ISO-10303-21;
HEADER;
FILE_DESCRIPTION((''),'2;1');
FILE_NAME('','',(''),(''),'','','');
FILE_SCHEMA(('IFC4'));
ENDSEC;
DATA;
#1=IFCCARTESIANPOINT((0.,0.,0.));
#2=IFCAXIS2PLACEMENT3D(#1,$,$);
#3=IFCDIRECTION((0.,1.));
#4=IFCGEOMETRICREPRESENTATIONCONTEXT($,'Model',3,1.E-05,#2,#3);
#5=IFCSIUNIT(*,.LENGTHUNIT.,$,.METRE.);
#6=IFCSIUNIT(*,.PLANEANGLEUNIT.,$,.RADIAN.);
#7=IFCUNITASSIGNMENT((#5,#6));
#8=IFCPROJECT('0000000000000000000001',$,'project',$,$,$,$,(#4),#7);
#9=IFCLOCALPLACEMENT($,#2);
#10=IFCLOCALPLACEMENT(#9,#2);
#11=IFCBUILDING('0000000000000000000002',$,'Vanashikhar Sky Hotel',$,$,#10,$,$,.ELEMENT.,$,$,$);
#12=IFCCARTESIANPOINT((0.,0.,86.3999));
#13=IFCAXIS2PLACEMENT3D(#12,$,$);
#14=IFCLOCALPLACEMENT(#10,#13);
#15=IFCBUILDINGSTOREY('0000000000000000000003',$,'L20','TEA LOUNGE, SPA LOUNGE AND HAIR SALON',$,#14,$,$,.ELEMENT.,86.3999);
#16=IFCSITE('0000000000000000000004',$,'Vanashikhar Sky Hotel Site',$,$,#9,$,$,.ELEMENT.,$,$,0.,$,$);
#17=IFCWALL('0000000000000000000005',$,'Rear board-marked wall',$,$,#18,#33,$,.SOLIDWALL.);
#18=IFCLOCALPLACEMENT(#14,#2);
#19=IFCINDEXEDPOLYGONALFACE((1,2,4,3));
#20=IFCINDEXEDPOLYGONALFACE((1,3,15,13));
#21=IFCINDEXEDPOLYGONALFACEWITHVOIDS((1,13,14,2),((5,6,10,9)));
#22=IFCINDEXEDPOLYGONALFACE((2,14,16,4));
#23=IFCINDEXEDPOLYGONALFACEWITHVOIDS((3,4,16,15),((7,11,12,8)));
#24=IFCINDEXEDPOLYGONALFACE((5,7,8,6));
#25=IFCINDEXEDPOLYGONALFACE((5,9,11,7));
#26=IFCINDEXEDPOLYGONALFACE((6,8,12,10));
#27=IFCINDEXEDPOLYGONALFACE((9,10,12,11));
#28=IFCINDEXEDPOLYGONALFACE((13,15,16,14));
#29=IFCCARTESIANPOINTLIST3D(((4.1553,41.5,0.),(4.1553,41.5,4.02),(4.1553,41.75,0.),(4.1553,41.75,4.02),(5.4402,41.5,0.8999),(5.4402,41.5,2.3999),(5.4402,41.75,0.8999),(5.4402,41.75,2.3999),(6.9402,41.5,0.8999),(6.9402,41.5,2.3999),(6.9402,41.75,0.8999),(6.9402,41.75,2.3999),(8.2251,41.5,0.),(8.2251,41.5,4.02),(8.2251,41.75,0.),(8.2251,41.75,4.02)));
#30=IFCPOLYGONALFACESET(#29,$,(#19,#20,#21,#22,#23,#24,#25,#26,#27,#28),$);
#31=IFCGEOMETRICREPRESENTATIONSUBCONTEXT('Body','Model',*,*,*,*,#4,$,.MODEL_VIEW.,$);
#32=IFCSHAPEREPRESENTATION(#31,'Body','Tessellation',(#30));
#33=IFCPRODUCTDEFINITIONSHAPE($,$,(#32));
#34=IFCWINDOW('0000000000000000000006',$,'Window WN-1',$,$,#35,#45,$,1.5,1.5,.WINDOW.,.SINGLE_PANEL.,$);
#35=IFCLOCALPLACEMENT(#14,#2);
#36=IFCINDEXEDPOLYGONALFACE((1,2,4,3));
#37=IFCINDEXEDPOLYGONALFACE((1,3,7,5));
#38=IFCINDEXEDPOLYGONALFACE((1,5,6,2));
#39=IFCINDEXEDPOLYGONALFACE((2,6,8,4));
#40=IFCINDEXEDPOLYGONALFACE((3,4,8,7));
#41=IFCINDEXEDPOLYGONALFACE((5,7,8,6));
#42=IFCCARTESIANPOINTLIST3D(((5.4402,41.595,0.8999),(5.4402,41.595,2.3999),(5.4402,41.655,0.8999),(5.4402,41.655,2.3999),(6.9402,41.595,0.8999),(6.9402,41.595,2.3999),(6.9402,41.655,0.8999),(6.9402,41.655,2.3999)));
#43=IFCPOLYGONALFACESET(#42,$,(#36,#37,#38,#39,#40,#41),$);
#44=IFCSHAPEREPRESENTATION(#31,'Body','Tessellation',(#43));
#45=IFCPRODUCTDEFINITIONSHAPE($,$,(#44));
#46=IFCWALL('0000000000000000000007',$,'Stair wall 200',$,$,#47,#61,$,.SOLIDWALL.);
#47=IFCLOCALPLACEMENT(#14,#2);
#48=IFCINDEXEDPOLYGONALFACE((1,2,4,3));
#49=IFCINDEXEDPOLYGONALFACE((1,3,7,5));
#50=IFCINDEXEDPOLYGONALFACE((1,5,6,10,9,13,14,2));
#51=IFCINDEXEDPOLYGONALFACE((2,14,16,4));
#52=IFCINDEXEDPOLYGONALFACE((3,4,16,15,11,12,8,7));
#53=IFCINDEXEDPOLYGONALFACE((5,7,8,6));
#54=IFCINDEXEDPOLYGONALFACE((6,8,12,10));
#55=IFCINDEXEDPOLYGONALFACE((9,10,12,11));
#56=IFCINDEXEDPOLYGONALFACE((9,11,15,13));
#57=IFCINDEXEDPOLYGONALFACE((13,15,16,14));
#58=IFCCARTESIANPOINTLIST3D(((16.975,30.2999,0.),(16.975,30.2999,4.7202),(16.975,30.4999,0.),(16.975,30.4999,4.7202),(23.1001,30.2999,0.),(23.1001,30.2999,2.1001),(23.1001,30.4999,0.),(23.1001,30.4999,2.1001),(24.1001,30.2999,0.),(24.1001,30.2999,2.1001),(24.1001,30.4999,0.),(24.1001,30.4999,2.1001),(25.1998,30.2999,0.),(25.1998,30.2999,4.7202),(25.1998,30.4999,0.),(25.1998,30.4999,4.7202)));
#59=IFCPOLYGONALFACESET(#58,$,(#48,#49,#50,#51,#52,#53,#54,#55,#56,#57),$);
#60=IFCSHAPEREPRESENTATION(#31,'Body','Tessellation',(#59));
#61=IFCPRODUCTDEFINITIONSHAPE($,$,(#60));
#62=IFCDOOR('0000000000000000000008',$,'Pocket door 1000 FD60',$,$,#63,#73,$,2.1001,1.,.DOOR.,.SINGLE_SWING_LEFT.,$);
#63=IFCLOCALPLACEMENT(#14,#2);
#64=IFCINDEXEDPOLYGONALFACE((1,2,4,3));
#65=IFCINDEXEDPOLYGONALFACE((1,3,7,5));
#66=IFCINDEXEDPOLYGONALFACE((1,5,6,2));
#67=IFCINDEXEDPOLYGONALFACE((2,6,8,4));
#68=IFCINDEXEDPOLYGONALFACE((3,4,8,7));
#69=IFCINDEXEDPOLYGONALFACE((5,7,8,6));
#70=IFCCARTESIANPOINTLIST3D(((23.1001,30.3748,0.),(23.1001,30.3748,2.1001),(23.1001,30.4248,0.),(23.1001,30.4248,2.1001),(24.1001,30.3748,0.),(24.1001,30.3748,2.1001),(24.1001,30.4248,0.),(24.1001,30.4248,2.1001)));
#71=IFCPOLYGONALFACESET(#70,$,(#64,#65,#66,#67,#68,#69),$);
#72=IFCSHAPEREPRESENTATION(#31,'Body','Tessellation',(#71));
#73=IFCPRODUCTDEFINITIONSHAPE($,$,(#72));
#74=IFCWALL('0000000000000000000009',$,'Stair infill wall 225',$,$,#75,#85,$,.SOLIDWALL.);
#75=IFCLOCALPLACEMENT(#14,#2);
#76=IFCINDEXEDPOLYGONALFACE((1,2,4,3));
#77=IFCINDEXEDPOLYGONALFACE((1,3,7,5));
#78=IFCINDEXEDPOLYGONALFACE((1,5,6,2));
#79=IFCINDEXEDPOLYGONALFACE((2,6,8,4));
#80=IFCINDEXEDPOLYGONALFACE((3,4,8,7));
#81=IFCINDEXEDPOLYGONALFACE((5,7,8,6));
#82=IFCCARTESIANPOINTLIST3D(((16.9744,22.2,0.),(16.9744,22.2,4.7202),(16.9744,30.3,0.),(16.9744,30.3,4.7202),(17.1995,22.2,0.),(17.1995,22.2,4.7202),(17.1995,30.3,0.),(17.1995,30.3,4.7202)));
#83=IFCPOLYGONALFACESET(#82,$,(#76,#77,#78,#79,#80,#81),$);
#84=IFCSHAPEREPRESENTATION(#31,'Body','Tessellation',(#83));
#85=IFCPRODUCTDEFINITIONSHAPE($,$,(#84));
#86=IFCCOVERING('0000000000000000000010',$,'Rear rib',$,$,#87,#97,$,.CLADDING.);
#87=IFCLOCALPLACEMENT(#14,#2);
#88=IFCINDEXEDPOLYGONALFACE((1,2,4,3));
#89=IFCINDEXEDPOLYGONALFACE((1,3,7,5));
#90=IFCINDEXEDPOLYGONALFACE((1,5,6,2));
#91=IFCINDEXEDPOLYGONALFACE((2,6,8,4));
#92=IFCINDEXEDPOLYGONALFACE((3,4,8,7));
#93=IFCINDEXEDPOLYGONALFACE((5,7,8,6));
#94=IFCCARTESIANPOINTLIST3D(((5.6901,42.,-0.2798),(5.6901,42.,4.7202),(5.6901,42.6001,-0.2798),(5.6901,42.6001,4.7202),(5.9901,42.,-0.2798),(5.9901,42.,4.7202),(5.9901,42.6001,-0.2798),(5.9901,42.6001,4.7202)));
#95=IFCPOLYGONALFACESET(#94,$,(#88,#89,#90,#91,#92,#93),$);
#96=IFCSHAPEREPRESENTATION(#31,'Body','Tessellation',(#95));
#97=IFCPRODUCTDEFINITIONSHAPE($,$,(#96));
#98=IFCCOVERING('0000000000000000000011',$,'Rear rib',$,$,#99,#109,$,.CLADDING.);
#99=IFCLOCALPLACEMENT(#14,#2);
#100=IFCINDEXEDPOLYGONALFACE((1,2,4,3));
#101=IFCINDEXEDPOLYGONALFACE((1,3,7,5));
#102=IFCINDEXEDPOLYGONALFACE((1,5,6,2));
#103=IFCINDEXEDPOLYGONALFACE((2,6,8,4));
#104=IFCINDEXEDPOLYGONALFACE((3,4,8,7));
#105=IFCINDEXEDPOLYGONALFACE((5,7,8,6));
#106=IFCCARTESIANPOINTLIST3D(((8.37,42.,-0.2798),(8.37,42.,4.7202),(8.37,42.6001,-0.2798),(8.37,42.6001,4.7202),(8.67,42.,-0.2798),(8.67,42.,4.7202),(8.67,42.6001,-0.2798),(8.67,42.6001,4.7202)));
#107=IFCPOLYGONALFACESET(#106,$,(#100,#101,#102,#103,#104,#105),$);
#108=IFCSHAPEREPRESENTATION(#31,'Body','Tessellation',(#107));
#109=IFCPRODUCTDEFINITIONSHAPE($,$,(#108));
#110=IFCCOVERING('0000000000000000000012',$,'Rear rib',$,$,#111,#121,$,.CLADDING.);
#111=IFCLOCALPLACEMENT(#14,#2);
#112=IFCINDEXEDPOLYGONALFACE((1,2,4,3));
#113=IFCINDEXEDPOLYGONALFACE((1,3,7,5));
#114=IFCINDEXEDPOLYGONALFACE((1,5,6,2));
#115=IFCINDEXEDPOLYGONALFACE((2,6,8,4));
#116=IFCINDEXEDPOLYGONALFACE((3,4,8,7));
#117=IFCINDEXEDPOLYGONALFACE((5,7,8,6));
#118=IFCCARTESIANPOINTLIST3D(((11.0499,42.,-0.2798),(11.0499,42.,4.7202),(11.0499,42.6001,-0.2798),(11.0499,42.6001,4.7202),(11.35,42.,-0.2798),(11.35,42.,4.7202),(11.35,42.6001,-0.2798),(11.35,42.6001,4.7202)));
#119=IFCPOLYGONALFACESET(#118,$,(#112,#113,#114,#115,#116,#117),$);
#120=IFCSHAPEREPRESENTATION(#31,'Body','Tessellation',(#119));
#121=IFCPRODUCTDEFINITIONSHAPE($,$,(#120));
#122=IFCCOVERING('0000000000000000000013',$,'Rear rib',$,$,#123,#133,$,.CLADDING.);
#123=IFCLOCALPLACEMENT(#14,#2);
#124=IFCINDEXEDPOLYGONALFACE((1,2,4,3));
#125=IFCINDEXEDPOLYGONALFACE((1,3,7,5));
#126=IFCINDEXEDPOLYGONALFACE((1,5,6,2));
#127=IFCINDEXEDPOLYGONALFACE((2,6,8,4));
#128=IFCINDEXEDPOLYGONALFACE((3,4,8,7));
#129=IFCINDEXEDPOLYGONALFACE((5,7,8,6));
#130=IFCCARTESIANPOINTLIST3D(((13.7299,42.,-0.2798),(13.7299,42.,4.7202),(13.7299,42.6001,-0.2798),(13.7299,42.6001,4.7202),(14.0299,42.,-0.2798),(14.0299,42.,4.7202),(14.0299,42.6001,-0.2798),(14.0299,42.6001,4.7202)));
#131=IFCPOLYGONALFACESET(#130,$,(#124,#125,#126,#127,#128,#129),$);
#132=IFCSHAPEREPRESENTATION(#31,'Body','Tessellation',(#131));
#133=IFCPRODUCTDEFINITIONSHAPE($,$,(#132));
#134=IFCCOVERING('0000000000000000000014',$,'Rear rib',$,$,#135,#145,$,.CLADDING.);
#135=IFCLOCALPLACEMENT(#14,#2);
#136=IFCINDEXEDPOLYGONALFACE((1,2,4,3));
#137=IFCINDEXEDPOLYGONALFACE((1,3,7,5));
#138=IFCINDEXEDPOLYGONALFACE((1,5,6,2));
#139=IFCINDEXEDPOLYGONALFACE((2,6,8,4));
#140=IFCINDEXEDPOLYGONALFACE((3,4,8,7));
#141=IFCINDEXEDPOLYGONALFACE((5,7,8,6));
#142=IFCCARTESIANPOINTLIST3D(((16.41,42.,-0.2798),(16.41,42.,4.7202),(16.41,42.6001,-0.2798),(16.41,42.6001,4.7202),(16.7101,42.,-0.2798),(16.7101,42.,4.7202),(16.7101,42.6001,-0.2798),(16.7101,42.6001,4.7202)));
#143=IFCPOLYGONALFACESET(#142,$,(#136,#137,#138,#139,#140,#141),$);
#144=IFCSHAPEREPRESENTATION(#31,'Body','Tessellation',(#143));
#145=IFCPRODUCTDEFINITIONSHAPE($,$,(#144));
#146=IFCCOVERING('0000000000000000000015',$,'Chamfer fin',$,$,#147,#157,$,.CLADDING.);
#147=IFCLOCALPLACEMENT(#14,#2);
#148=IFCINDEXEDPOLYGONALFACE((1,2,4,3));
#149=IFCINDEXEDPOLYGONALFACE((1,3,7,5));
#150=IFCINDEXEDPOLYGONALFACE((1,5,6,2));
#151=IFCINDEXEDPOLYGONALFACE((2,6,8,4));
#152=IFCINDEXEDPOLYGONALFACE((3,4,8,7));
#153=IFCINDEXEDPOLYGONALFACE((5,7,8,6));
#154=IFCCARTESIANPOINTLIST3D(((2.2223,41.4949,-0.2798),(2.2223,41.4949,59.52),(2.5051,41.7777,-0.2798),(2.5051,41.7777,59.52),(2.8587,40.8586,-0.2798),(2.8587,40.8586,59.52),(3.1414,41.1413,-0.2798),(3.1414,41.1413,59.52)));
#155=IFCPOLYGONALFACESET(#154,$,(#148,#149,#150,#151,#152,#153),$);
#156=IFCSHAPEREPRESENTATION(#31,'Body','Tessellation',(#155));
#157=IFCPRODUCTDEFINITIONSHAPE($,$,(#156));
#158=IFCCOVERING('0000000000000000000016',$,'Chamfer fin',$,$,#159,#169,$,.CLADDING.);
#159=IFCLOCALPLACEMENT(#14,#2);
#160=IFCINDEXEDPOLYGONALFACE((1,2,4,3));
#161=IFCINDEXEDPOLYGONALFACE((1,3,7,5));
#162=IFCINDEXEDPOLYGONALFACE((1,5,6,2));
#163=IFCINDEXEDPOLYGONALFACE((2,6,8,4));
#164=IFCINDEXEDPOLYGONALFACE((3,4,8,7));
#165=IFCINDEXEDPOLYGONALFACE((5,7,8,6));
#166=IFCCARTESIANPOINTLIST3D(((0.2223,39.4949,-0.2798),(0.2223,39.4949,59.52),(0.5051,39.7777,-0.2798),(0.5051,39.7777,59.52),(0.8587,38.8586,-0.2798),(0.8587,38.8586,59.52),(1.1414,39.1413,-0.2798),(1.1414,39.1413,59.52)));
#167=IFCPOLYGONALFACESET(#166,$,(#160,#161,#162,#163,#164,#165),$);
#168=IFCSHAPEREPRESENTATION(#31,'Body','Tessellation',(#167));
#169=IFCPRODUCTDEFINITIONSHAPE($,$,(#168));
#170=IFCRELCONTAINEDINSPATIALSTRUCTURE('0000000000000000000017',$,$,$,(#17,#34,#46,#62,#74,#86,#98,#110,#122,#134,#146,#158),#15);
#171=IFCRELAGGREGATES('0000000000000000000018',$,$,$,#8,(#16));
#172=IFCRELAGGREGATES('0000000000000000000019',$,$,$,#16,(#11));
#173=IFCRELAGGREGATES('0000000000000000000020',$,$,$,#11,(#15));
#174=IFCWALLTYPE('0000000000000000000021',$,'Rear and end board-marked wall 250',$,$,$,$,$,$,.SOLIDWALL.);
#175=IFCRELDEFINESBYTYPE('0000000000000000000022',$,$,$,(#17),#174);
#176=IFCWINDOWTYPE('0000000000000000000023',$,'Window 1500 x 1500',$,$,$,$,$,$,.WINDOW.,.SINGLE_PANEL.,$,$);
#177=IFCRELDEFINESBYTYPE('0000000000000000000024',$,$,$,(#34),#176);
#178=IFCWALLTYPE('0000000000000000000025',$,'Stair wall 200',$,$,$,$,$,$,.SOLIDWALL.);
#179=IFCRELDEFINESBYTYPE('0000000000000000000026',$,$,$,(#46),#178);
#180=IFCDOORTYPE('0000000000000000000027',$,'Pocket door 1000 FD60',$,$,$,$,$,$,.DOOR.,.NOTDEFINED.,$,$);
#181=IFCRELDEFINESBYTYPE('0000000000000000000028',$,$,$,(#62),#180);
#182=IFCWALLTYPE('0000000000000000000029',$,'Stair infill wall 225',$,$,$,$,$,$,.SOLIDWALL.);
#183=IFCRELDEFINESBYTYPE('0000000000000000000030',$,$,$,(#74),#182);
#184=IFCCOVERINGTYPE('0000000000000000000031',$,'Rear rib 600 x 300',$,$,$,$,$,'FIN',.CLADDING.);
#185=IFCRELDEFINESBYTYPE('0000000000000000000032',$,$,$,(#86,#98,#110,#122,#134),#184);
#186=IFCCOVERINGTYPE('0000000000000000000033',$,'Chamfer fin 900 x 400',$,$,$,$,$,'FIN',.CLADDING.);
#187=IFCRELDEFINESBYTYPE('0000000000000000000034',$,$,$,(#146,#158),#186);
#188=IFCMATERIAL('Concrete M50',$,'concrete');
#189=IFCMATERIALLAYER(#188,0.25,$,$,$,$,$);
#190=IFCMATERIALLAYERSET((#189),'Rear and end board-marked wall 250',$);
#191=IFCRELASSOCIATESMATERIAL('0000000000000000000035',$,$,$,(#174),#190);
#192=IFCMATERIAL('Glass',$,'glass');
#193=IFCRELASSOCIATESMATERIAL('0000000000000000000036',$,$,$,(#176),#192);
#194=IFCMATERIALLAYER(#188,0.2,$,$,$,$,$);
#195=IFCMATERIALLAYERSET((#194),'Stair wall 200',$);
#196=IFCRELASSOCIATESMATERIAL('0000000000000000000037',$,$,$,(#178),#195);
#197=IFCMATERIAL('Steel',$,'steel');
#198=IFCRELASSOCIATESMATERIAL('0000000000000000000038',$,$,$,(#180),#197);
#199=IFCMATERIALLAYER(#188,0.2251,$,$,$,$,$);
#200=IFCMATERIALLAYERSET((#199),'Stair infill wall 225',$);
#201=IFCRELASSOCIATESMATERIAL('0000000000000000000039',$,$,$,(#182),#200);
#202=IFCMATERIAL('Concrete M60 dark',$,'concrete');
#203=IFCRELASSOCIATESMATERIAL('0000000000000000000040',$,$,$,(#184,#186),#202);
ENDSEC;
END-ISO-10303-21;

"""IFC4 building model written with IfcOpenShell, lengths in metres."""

from ifc_helpers import new_model, si_unit, direction, frame, frame_2d, origin, origin_2d, place, context, subcontext, project, spatial, rectangle, extrude, source, transform, mapped, material, layer, layer_set, material_profile, profile_set, type_object, element, fill, save


model = new_model("IFC4")

# Units and contexts
model_context = context("Model", 3, precision=1e-05, world=origin(), true_north=direction((0.0, 1.0)))
body_context = subcontext(model_context, "Body", "Model", "MODEL_VIEW")
ifc_project = project(units=[si_unit("LENGTHUNIT", "METRE"), si_unit("PLANEANGLEUNIT", "RADIAN")], contexts=[model_context])

# Site, building, storey
site_placement = place(None, origin())
site = spatial("IfcSite", under=ifc_project, at=site_placement, Name="Vanashikhar Sky Hotel Site", CompositionType="ELEMENT", RefElevation=0.0)
building_placement = place(site_placement, origin())
building = spatial("IfcBuilding", under=site, at=building_placement, Name="Vanashikhar Sky Hotel", CompositionType="ELEMENT")
storey_placement = place(building_placement, frame((0.0, 0.0, 86.3999)))
storey = spatial("IfcBuildingStorey", under=building, at=storey_placement, Name="L20", Description="TEA LOUNGE, SPA LOUNGE AND HAIR SALON", CompositionType="ELEMENT", Elevation=86.3999)

# Shared definitions
ifc_material_1 = material(Name="Concrete M50", Category="concrete")

# Wall, opening, window
ifc_material_2 = material(Name="Glass", Category="glass")
ifc_layer_1 = layer(ifc_material_1, 0.25)
ifc_layer_set_1 = layer_set([ifc_layer_1], Name="Rear and end board-marked wall 250")
wall_type_1 = type_object("IfcWallType", Name="Rear and end board-marked wall 250", PredefinedType="SOLIDWALL", material=ifc_layer_set_1)
shared_shape_1 = source(origin(), body_context, "Body", "SweptSolid", [
    extrude(rectangle(XDim=1.5, YDim=1.5, at=frame_2d((0.75, 0.75))), frame((0.0, 0.135, 0.0), z_axis=(0.0, -1.0, 0.0), x_axis=(1.0, 0.0, 0.0)), (0.0, 0.0, 1.0), 0.27),
])
window_type_1 = type_object("IfcWindowType", Name="Window 1500 x 1500", PartitioningType="SINGLE_PANEL", PredefinedType="WINDOW", material=ifc_material_2)
shared_shape_2 = source(origin(), body_context, "Body", "SweptSolid", [
    extrude(rectangle(XDim=1.5, YDim=1.5, at=frame_2d((0.75, 0.75))), frame((0.0, 0.03, 0.0), z_axis=(0.0, -1.0, 0.0), x_axis=(1.0, 0.0, 0.0)), (0.0, 0.0, 1.0), 0.0601),
])
shared_shape_3 = source(origin(), body_context, "Body", "SweptSolid", [
    extrude(rectangle(XDim=4.0698, YDim=0.25, at=frame_2d((2.0349, 0.0))), origin(), (0.0, 0.0, 1.0), 4.02),
])
wall_1_placement = place(storey_placement, frame((8.2251, 41.625, 0.0), z_axis=(0.0, 0.0, 1.0), x_axis=(-1.0, 0.0, 0.0)))
wall_1 = element("IfcWall", 1, at=wall_1_placement, inside=storey, type_object=wall_type_1, Name="Rear board-marked wall", PredefinedType="SOLIDWALL", context=body_context, shape_type="MappedRepresentation", body=[
    mapped(shared_shape_3, transform((0.0, 0.0, 0.0), scale=1.0)),
])
opening_1_placement = place(wall_1_placement, frame((1.2849, 0.0, 0.8999)))
opening_1 = element("IfcOpeningElement", 2, at=opening_1_placement, cuts=wall_1, PredefinedType="OPENING", context=body_context, shape_type="MappedRepresentation", body=[
    mapped(shared_shape_1, transform((0.0, 0.0, 0.0), scale=1.0)),
])
window_1_placement = place(opening_1_placement, origin())
window_1 = element("IfcWindow", 3, at=window_1_placement, inside=storey, type_object=window_type_1, Name="Window WN-1", OverallHeight=1.5, OverallWidth=1.5, PartitioningType="SINGLE_PANEL", PredefinedType="WINDOW", context=body_context, shape_type="MappedRepresentation", body=[
    mapped(shared_shape_2, transform((0.0, 0.0, 0.0), scale=1.0)),
])
fill(opening_1, window_1)

# Wall, opening, door
ifc_layer_2 = layer(ifc_material_1, 0.2)
ifc_layer_set_2 = layer_set([ifc_layer_2], Name="Stair wall 200")
wall_type_2 = type_object("IfcWallType", Name="Stair wall 200", PredefinedType="SOLIDWALL", material=ifc_layer_set_2)
shared_shape_4 = source(origin(), body_context, "Body", "SweptSolid", [
    extrude(rectangle(XDim=8.2249, YDim=0.2, at=frame_2d((4.1123, 0.0))), origin(), (0.0, 0.0, 1.0), 4.7202),
])
wall_2_placement = place(storey_placement, frame((16.9751, 30.3999, 0.0), z_axis=(0.0, 0.0, 1.0), x_axis=(1.0, 0.0, 0.0)))
wall_2 = element("IfcWall", 4, at=wall_2_placement, inside=storey, type_object=wall_type_2, Name="Stair wall 200", PredefinedType="SOLIDWALL", context=body_context, shape_type="MappedRepresentation", body=[
    mapped(shared_shape_4, transform((0.0, 0.0, 0.0), scale=1.0)),
])
shared_shape_5 = source(origin(), body_context, "Body", "SweptSolid", [
    extrude(rectangle(XDim=1.0, YDim=2.1001, at=frame_2d((0.5, 1.05))), frame((0.0, 0.1099, 0.0), z_axis=(0.0, -1.0, 0.0), x_axis=(1.0, 0.0, 0.0)), (0.0, 0.0, 1.0), 0.22),
])
opening_2_placement = place(wall_2_placement, frame((6.125, 0.0, 0.0)))
opening_2 = element("IfcOpeningElement", 5, at=opening_2_placement, cuts=wall_2, PredefinedType="OPENING", context=body_context, shape_type="MappedRepresentation", body=[
    mapped(shared_shape_5, transform((0.0, 0.0, 0.0), scale=1.0)),
])
ifc_material_3 = material(Name="Steel", Category="steel")
door_type = type_object("IfcDoorType", Name="Pocket door 1000 FD60", OperationType="NOTDEFINED", PredefinedType="DOOR", material=ifc_material_3)
shared_shape_6 = source(origin(), body_context, "Body", "SweptSolid", [
    extrude(rectangle(XDim=1.0, YDim=2.1001, at=frame_2d((0.5, 1.05))), frame((0.0, 0.0249, 0.0), z_axis=(0.0, -1.0, 0.0), x_axis=(1.0, 0.0, 0.0)), (0.0, 0.0, 1.0), 0.05),
])
door_placement = place(opening_2_placement, origin())
door = element("IfcDoor", 6, at=door_placement, inside=storey, type_object=door_type, Name="Pocket door 1000 FD60", OperationType="SINGLE_SWING_LEFT", OverallHeight=2.1001, OverallWidth=1.0, PredefinedType="DOOR", context=body_context, shape_type="MappedRepresentation", body=[
    mapped(shared_shape_6, transform((0.0, 0.0, 0.0), scale=1.0)),
])
fill(opening_2, door)

# Wall
ifc_layer_3 = layer(ifc_material_1, 0.2251)
ifc_layer_set_3 = layer_set([ifc_layer_3], Name="Stair infill wall 225")
wall_type_3 = type_object("IfcWallType", Name="Stair infill wall 225", PredefinedType="SOLIDWALL", material=ifc_layer_set_3)
shared_shape_7 = source(origin(), body_context, "Body", "SweptSolid", [
    extrude(rectangle(XDim=8.1001, YDim=0.2251, at=frame_2d((4.05, 0.0))), origin(), (0.0, 0.0, 1.0), 4.7202),
])
wall_3_placement = place(storey_placement, frame((17.0869, 22.2, 0.0), z_axis=(0.0, 0.0, 1.0), x_axis=(0.0, 1.0, 0.0)))
element("IfcWall", 7, at=wall_3_placement, inside=storey, type_object=wall_type_3, Name="Stair infill wall 225", PredefinedType="SOLIDWALL", context=body_context, shape_type="MappedRepresentation", body=[
    mapped(shared_shape_7, transform((0.0, 0.0, 0.0), scale=1.0)),
])

# Coverings
ifc_material_4 = material(Name="Concrete M60 dark", Category="concrete")
ifc_material_profile_1 = material_profile(ifc_material_4, rectangle(XDim=0.6001, YDim=0.3, at=origin_2d()))
ifc_profile_set_1 = profile_set([ifc_material_profile_1], Name="Rear rib 600 x 300")
covering_type_1 = type_object("IfcCoveringType", Name="Rear rib 600 x 300", ElementType="FIN", PredefinedType="CLADDING", material=ifc_profile_set_1)
shared_shape_8 = source(origin(), body_context, "Body", "SweptSolid", [
    extrude(rectangle(XDim=0.6001, YDim=0.3, at=origin_2d()), origin(), (0.0, 0.0, 1.0), 5.0),
])
for number, where, z_axis, x_axis, name in (
    (8, (5.8401, 42.3, -0.2798), (0.0, 0.0, 1.0), (0.0, 1.0, 0.0), "Rear rib"),
    (9, (8.52, 42.3, -0.2798), (0.0, 0.0, 1.0), (0.0, 1.0, 0.0), "Rear rib"),
    (10, (11.2, 42.3, -0.2798), (0.0, 0.0, 1.0), (0.0, 1.0, 0.0), "Rear rib"),
    (11, (13.8799, 42.3, -0.2798), (0.0, 0.0, 1.0), (0.0, 1.0, 0.0), "Rear rib"),
    (12, (16.5601, 42.3, -0.2798), (0.0, 0.0, 1.0), (0.0, 1.0, 0.0), "Rear rib"),
):
    element("IfcCovering", number, at=place(storey_placement, frame(where, z_axis=z_axis, x_axis=x_axis)), inside=storey, type_object=covering_type_1, Name=name, PredefinedType="CLADDING", context=body_context, shape_type="MappedRepresentation", body=[
        mapped(shared_shape_8, transform((0.0, 0.0, 0.0), scale=1.0)),
    ])
ifc_material_profile_2 = material_profile(ifc_material_4, rectangle(XDim=0.8999, YDim=0.3999, at=origin_2d()))
ifc_profile_set_2 = profile_set([ifc_material_profile_2], Name="Chamfer fin 900 x 400")
covering_type_2 = type_object("IfcCoveringType", Name="Chamfer fin 900 x 400", ElementType="FIN", PredefinedType="CLADDING", material=ifc_profile_set_2)
shared_shape_9 = source(origin(), body_context, "Body", "SweptSolid", [
    extrude(rectangle(XDim=0.8999, YDim=0.3999, at=origin_2d()), origin(), (0.0, 0.0, 1.0), 59.7998),
])
for number, where, z_axis, x_axis, name in (
    (13, (2.6819, 41.3181, -0.2798), (0.0, 0.0, 1.0), (-0.707107, 0.707107, 0.0), "Chamfer fin"),
    (14, (0.6819, 39.3181, -0.2798), (0.0, 0.0, 1.0), (-0.707107, 0.707107, 0.0), "Chamfer fin"),
):
    element("IfcCovering", number, at=place(storey_placement, frame(where, z_axis=z_axis, x_axis=x_axis)), inside=storey, type_object=covering_type_2, Name=name, PredefinedType="CLADDING", context=body_context, shape_type="MappedRepresentation", body=[
        mapped(shared_shape_9, transform((0.0, 0.0, 0.0), scale=1.0)),
    ])

save(model, "model.ifc")
